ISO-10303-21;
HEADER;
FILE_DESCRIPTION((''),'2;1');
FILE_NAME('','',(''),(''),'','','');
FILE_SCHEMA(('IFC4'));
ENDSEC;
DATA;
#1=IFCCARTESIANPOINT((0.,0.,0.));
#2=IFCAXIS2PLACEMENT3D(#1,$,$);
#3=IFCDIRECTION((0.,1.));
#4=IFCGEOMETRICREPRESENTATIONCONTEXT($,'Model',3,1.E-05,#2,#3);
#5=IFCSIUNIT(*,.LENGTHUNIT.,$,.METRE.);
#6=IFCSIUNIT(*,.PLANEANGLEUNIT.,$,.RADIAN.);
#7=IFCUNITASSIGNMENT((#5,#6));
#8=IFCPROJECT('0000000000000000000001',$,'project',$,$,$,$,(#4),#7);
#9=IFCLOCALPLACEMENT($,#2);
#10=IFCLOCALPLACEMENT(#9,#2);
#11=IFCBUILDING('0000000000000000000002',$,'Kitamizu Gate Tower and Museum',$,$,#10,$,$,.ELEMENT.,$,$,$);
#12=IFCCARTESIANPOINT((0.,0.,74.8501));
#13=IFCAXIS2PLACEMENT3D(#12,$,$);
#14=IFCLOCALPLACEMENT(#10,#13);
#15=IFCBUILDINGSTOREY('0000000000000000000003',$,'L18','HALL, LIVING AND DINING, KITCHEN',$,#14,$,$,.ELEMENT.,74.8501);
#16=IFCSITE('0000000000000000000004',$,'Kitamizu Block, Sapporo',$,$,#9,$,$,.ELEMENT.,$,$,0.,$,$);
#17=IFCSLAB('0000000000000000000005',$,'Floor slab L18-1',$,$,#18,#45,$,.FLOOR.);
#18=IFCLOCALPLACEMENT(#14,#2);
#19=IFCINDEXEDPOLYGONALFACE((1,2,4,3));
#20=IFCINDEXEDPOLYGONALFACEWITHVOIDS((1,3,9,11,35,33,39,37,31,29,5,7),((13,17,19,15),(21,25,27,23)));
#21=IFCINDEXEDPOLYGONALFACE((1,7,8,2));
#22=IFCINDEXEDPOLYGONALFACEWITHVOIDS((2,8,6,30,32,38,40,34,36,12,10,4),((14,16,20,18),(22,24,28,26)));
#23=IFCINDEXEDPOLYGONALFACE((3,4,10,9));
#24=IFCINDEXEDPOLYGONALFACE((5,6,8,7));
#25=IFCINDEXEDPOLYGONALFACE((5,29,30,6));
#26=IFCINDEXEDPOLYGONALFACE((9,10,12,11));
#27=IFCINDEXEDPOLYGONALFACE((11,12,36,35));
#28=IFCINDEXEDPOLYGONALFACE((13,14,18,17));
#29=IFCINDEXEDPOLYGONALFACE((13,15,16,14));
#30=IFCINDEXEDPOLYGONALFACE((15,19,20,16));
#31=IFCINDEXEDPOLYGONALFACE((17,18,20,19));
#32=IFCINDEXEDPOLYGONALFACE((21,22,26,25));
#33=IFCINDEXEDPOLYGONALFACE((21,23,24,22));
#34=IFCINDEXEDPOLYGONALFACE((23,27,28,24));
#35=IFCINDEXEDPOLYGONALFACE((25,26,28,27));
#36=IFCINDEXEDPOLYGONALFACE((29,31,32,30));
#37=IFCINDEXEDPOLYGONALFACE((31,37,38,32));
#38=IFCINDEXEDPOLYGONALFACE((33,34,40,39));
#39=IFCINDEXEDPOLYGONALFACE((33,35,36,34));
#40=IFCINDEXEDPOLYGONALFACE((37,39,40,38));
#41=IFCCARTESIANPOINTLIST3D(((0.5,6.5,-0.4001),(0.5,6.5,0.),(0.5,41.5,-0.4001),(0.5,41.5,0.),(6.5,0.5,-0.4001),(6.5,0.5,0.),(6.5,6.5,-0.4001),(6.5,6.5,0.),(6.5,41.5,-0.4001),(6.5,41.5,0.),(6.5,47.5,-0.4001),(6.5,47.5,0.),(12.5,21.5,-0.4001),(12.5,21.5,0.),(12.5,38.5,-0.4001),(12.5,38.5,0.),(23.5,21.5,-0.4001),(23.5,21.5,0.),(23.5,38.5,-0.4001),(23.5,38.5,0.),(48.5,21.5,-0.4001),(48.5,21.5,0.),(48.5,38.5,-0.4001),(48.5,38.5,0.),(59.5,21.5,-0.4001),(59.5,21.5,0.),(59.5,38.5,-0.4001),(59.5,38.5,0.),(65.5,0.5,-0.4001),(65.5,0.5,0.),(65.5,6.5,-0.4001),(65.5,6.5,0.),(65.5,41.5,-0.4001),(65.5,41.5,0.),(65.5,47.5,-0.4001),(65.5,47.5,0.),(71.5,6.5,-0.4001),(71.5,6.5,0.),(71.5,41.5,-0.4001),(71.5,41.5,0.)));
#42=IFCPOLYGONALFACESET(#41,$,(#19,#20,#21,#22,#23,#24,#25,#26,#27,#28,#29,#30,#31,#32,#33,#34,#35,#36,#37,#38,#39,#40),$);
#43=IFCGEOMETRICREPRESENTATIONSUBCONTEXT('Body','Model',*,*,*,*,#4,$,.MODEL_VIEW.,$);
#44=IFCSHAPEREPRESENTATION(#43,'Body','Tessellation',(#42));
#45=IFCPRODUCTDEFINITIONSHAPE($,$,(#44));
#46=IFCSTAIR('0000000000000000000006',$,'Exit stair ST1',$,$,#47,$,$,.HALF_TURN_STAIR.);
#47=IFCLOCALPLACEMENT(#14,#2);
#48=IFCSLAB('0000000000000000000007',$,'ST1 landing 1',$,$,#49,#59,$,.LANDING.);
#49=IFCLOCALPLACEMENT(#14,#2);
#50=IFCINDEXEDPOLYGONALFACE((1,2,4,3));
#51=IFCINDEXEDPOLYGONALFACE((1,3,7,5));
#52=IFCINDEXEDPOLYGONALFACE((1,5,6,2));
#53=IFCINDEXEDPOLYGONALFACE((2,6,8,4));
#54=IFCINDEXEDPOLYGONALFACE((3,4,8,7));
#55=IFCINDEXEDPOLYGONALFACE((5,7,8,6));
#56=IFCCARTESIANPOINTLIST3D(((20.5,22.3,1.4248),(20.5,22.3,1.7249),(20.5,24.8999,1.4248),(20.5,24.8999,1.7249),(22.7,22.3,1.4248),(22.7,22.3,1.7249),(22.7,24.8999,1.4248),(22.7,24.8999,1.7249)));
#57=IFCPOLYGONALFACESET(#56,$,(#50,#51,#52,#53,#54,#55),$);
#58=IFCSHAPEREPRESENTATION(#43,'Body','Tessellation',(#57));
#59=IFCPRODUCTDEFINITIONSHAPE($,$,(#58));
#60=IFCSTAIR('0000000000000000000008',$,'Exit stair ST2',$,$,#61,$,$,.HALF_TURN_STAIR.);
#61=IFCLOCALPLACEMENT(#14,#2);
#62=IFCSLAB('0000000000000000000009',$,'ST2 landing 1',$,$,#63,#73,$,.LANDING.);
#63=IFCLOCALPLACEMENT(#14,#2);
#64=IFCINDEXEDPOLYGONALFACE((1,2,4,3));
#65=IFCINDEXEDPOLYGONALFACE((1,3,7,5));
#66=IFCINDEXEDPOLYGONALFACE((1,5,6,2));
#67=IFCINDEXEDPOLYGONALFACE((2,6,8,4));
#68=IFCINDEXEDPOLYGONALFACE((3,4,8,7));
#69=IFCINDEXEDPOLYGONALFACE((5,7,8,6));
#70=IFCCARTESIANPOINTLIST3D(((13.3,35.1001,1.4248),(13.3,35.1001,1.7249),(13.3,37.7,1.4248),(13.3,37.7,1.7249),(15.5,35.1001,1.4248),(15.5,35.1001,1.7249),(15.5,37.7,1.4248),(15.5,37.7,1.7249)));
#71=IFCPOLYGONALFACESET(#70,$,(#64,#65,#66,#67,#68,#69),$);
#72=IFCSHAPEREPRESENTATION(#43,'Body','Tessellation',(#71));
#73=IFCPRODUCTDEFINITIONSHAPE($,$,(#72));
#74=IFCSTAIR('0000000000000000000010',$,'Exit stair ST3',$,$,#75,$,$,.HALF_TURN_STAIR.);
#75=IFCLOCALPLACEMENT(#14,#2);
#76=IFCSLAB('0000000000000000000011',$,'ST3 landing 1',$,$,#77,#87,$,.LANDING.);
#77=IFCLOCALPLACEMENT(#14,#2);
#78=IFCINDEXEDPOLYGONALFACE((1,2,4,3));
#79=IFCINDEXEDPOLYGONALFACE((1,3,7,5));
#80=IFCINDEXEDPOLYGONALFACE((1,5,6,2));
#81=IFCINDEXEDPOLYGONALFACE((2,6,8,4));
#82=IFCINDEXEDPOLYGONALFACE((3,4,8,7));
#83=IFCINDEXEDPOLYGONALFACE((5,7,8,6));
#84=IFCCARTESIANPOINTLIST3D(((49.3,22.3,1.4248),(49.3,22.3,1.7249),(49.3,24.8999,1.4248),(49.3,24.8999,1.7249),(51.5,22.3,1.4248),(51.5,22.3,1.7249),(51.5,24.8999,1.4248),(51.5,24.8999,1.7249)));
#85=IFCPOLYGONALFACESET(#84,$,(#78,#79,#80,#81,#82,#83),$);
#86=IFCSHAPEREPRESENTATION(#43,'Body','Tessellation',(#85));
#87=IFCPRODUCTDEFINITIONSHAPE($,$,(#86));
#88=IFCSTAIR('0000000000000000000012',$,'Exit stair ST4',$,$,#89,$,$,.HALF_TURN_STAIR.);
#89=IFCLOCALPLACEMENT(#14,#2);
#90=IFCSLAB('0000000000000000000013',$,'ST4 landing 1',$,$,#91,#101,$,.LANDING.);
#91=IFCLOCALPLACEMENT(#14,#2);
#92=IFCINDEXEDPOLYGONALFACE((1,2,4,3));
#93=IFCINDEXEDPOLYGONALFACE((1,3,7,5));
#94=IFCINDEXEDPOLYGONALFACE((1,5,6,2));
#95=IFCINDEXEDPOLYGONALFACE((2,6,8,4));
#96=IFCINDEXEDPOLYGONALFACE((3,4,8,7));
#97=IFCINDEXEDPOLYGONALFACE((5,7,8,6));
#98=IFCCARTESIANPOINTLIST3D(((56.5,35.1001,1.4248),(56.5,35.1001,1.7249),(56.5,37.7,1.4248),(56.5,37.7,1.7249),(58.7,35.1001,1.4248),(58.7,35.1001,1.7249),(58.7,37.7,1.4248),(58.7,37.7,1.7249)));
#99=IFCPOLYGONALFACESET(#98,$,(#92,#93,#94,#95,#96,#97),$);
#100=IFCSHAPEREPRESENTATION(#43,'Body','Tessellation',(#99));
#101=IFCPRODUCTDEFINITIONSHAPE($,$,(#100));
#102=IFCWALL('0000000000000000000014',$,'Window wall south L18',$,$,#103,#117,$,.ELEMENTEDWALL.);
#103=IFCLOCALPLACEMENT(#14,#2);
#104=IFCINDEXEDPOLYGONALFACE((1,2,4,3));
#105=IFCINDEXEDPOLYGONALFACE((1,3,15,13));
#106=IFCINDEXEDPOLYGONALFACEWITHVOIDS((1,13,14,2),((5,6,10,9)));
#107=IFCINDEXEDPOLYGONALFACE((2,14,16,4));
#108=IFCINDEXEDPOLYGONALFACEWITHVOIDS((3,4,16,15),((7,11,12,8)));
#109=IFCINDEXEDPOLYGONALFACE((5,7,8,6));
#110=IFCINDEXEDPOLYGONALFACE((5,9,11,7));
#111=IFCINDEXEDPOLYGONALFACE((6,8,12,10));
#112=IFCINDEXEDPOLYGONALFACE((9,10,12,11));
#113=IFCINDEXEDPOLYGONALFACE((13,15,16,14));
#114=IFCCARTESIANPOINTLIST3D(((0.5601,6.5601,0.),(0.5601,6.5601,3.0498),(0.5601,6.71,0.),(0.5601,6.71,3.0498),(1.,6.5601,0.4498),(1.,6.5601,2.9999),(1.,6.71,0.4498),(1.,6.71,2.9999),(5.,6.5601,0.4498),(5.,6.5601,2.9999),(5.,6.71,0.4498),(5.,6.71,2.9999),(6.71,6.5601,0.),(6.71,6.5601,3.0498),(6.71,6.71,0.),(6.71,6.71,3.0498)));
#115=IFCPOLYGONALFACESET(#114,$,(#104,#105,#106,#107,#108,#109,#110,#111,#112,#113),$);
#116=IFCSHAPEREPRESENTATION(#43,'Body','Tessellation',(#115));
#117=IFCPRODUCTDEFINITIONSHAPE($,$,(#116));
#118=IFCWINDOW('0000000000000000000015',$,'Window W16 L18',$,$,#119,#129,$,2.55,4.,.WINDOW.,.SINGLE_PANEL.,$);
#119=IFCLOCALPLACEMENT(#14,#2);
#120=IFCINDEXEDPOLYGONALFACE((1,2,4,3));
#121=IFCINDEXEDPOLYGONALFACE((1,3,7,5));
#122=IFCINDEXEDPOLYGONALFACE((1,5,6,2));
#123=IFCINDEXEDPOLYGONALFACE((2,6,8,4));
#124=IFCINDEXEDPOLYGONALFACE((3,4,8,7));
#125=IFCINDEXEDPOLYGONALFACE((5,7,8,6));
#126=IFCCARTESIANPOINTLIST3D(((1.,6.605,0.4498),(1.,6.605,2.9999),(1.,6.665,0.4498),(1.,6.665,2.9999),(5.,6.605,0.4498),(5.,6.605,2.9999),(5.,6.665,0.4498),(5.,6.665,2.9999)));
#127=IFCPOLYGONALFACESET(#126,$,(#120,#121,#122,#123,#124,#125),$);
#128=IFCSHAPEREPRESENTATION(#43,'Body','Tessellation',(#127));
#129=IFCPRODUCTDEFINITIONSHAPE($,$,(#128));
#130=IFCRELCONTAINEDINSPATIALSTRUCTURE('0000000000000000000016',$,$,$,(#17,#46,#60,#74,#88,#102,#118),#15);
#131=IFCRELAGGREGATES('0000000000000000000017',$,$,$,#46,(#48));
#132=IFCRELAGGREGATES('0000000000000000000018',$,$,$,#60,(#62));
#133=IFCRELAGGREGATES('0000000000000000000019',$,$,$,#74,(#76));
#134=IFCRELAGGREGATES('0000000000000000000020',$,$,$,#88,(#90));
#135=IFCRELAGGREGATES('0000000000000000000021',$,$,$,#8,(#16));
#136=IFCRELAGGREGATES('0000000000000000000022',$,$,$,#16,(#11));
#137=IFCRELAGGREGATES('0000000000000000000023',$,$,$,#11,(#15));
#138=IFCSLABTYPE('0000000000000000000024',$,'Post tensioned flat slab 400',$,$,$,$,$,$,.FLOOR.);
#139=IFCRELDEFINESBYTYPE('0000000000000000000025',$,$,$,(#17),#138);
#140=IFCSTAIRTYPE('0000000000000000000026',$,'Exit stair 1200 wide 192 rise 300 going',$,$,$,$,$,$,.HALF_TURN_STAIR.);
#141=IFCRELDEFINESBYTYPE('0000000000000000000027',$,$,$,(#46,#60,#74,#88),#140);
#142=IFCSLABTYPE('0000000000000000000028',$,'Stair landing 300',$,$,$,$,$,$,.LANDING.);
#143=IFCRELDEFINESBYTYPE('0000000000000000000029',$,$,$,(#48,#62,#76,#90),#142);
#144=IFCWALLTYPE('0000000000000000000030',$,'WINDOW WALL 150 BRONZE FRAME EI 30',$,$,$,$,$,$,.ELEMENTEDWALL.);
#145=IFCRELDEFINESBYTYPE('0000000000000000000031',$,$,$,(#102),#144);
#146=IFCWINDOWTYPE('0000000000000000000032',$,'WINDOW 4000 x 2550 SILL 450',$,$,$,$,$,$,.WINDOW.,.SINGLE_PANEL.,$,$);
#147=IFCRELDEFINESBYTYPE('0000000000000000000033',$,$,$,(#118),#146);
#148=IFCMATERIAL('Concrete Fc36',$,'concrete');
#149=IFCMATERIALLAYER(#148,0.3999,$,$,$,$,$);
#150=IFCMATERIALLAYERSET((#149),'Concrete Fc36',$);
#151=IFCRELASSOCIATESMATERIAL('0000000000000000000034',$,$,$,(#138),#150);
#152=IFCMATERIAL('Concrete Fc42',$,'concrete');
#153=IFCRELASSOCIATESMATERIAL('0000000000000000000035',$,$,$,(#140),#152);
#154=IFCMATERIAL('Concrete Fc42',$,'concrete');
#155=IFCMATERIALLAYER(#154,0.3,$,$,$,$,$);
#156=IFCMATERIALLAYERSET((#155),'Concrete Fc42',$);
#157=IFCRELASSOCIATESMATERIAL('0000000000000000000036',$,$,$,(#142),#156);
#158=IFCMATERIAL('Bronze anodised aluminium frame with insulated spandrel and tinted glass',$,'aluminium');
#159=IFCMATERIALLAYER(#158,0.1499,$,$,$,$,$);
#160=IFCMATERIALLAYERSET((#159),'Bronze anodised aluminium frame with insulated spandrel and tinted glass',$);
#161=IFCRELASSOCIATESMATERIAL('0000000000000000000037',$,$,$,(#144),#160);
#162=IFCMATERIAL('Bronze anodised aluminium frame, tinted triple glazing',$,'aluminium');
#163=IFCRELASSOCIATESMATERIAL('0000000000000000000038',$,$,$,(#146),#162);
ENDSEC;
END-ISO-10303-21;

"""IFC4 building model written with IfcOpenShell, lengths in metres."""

from ifc_helpers import new_model, si_unit, direction, frame, frame_2d, origin, place, context, subcontext, project, spatial, polyline, rectangle, outline, extrude, material, layer, layer_set, type_object, element, fill, aggregate, save


model = new_model("IFC4")

# Units and contexts
model_context = context("Model", 3, precision=1e-05, world=origin(), true_north=direction((0.0, 1.0)))
body_context = subcontext(model_context, "Body", "Model", "MODEL_VIEW")
ifc_project = project(units=[si_unit("LENGTHUNIT", "METRE"), si_unit("PLANEANGLEUNIT", "RADIAN")], contexts=[model_context])

# Site, building, storey
site_placement = place(None, origin())
site = spatial("IfcSite", under=ifc_project, at=site_placement, Name="Kitamizu Block, Sapporo", CompositionType="ELEMENT", RefElevation=0.0)
building_placement = place(site_placement, origin())
building = spatial("IfcBuilding", under=site, at=building_placement, Name="Kitamizu Gate Tower and Museum", CompositionType="ELEMENT")
storey_placement = place(building_placement, frame((0.0, 0.0, 74.8501)))
storey = spatial("IfcBuildingStorey", under=building, at=storey_placement, Name="L18", Description="HALL, LIVING AND DINING, KITCHEN", CompositionType="ELEMENT", Elevation=74.8501)

# Slab
ifc_material_1 = material(Name="Concrete Fc36", Category="concrete")
ifc_layer_1 = layer(ifc_material_1, 0.3999)
ifc_layer_set_1 = layer_set([ifc_layer_1], Name="Concrete Fc36")
slab_type_1 = type_object("IfcSlabType", Name="Post tensioned flat slab 400", PredefinedType="FLOOR", material=ifc_layer_set_1)
slab_1_placement = place(storey_placement, frame((0.0, 0.0, -0.4001)))
element("IfcSlab", 1, at=slab_1_placement, inside=storey, type_object=slab_type_1, Name="Floor slab L18-1", PredefinedType="FLOOR", context=body_context, shape_type="SweptSolid", body=[
    extrude(outline(polyline([(0.5, 6.5), (0.5, 41.5), (6.5, 41.5), (6.5, 47.5), (65.5, 47.5), (65.5, 41.5), (71.5, 41.5), (71.5, 6.5), (65.5, 6.5), (65.5, 0.5), (6.5, 0.5), (6.5, 6.5), (0.5, 6.5)]), holes=[polyline([(59.5, 38.5), (48.5, 38.5), (48.5, 21.5), (59.5, 21.5), (59.5, 38.5)]), polyline([(12.5, 38.5), (12.5, 21.5), (23.5, 21.5), (23.5, 38.5), (12.5, 38.5)])]), origin(), (0.0, 0.0, 1.0), 0.4001),
])

# Stairs, slabs
ifc_material_2 = material(Name="Concrete Fc42", Category="concrete")
stair_type = type_object("IfcStairType", Name="Exit stair 1200 wide 192 rise 300 going", PredefinedType="HALF_TURN_STAIR", material=ifc_material_2)
stair_1_placement = place(storey_placement, origin())
stair_1 = element("IfcStair", 2, at=stair_1_placement, inside=storey, type_object=stair_type, Name="Exit stair ST1", PredefinedType="HALF_TURN_STAIR")
ifc_material_3 = material(Name="Concrete Fc42", Category="concrete")
ifc_layer_2 = layer(ifc_material_3, 0.3)
ifc_layer_set_2 = layer_set([ifc_layer_2], Name="Concrete Fc42")
slab_type_2 = type_object("IfcSlabType", Name="Stair landing 300", PredefinedType="LANDING", material=ifc_layer_set_2)
slab_2_placement = place(storey_placement, frame((0.0, 0.0, 1.4248)))
slab_2 = element("IfcSlab", 3, at=slab_2_placement, type_object=slab_type_2, Name="ST1 landing 1", PredefinedType="LANDING", context=body_context, shape_type="SweptSolid", body=[
    extrude(outline(polyline([(20.5, 22.3), (22.7, 22.3), (22.7, 24.8999), (20.5, 24.8999), (20.5, 22.3)])), origin(), (0.0, 0.0, 1.0), 0.3),
])
aggregate(stair_1, [slab_2])
stair_2_placement = place(storey_placement, origin())
stair_2 = element("IfcStair", 4, at=stair_2_placement, inside=storey, type_object=stair_type, Name="Exit stair ST2", PredefinedType="HALF_TURN_STAIR")
slab_3_placement = place(storey_placement, frame((0.0, 0.0, 1.4248)))
slab_3 = element("IfcSlab", 5, at=slab_3_placement, type_object=slab_type_2, Name="ST2 landing 1", PredefinedType="LANDING", context=body_context, shape_type="SweptSolid", body=[
    extrude(outline(polyline([(13.3, 35.1001), (15.5, 35.1001), (15.5, 37.7), (13.3, 37.7), (13.3, 35.1001)])), origin(), (0.0, 0.0, 1.0), 0.3),
])
aggregate(stair_2, [slab_3])
stair_3_placement = place(storey_placement, origin())
stair_3 = element("IfcStair", 6, at=stair_3_placement, inside=storey, type_object=stair_type, Name="Exit stair ST3", PredefinedType="HALF_TURN_STAIR")
slab_4_placement = place(storey_placement, frame((0.0, 0.0, 1.4248)))
slab_4 = element("IfcSlab", 7, at=slab_4_placement, type_object=slab_type_2, Name="ST3 landing 1", PredefinedType="LANDING", context=body_context, shape_type="SweptSolid", body=[
    extrude(outline(polyline([(49.3, 22.3), (51.5, 22.3), (51.5, 24.8999), (49.3, 24.8999), (49.3, 22.3)])), origin(), (0.0, 0.0, 1.0), 0.3),
])
aggregate(stair_3, [slab_4])
stair_4_placement = place(storey_placement, origin())
stair_4 = element("IfcStair", 8, at=stair_4_placement, inside=storey, type_object=stair_type, Name="Exit stair ST4", PredefinedType="HALF_TURN_STAIR")
slab_5_placement = place(storey_placement, frame((0.0, 0.0, 1.4248)))
slab_5 = element("IfcSlab", 9, at=slab_5_placement, type_object=slab_type_2, Name="ST4 landing 1", PredefinedType="LANDING", context=body_context, shape_type="SweptSolid", body=[
    extrude(outline(polyline([(56.5, 35.1001), (58.7, 35.1001), (58.7, 37.7), (56.5, 37.7), (56.5, 35.1001)])), origin(), (0.0, 0.0, 1.0), 0.3),
])
aggregate(stair_4, [slab_5])

# Shared definitions
ifc_material_4 = material(Name="Bronze anodised aluminium frame with insulated spandrel and tinted glass", Category="aluminium")
ifc_layer_3 = layer(ifc_material_4, 0.1499)
ifc_layer_set_3 = layer_set([ifc_layer_3], Name="Bronze anodised aluminium frame with insulated spandrel and tinted glass")
wall_type = type_object("IfcWallType", Name="WINDOW WALL 150 BRONZE FRAME EI 30", PredefinedType="ELEMENTEDWALL", material=ifc_layer_set_3)

# Wall, opening, window
wall_1_placement = place(storey_placement, frame((0.5601, 6.635, 0.0), z_axis=(0.0, 0.0, 1.0), x_axis=(1.0, 0.0, 0.0)))
wall_1 = element("IfcWall", 10, at=wall_1_placement, inside=storey, type_object=wall_type, Name="Window wall south L18", PredefinedType="ELEMENTEDWALL", context=body_context, shape_type="SweptSolid", body=[
    extrude(rectangle(XDim=6.1499, YDim=0.1499, at=frame_2d((3.075, 0.0))), origin(), (0.0, 0.0, 1.0), 3.0498),
])
opening_1_placement = place(wall_1_placement, frame((0.4399, 0.0, 0.45)))
opening_1 = element("IfcOpeningElement", 11, at=opening_1_placement, cuts=wall_1, PredefinedType="OPENING", context=body_context, shape_type="SweptSolid", body=[
    extrude(rectangle(XDim=4.0, YDim=2.55, at=frame_2d((2.0, 1.2749))), frame((0.0, 0.085, 0.0), z_axis=(0.0, -1.0, 0.0), x_axis=(1.0, 0.0, 0.0)), (0.0, 0.0, 1.0), 0.1699),
])
ifc_material_5 = material(Name="Bronze anodised aluminium frame, tinted triple glazing", Category="aluminium")
window_type_1 = type_object("IfcWindowType", Name="WINDOW 4000 x 2550 SILL 450", PartitioningType="SINGLE_PANEL", PredefinedType="WINDOW", material=ifc_material_5)
window_1_placement = place(opening_1_placement, origin())
window_1 = element("IfcWindow", 12, at=window_1_placement, inside=storey, type_object=window_type_1, Name="Window W16 L18", OverallHeight=2.55, OverallWidth=4.0, PartitioningType="SINGLE_PANEL", PredefinedType="WINDOW", context=body_context, shape_type="SweptSolid", body=[
    extrude(rectangle(XDim=4.0, YDim=2.55, at=frame_2d((2.0, 1.2749))), frame((0.0, 0.03, 0.0), z_axis=(0.0, -1.0, 0.0), x_axis=(1.0, 0.0, 0.0)), (0.0, 0.0, 1.0), 0.0601),
])
fill(opening_1, window_1)

save(model, "model.ifc")
